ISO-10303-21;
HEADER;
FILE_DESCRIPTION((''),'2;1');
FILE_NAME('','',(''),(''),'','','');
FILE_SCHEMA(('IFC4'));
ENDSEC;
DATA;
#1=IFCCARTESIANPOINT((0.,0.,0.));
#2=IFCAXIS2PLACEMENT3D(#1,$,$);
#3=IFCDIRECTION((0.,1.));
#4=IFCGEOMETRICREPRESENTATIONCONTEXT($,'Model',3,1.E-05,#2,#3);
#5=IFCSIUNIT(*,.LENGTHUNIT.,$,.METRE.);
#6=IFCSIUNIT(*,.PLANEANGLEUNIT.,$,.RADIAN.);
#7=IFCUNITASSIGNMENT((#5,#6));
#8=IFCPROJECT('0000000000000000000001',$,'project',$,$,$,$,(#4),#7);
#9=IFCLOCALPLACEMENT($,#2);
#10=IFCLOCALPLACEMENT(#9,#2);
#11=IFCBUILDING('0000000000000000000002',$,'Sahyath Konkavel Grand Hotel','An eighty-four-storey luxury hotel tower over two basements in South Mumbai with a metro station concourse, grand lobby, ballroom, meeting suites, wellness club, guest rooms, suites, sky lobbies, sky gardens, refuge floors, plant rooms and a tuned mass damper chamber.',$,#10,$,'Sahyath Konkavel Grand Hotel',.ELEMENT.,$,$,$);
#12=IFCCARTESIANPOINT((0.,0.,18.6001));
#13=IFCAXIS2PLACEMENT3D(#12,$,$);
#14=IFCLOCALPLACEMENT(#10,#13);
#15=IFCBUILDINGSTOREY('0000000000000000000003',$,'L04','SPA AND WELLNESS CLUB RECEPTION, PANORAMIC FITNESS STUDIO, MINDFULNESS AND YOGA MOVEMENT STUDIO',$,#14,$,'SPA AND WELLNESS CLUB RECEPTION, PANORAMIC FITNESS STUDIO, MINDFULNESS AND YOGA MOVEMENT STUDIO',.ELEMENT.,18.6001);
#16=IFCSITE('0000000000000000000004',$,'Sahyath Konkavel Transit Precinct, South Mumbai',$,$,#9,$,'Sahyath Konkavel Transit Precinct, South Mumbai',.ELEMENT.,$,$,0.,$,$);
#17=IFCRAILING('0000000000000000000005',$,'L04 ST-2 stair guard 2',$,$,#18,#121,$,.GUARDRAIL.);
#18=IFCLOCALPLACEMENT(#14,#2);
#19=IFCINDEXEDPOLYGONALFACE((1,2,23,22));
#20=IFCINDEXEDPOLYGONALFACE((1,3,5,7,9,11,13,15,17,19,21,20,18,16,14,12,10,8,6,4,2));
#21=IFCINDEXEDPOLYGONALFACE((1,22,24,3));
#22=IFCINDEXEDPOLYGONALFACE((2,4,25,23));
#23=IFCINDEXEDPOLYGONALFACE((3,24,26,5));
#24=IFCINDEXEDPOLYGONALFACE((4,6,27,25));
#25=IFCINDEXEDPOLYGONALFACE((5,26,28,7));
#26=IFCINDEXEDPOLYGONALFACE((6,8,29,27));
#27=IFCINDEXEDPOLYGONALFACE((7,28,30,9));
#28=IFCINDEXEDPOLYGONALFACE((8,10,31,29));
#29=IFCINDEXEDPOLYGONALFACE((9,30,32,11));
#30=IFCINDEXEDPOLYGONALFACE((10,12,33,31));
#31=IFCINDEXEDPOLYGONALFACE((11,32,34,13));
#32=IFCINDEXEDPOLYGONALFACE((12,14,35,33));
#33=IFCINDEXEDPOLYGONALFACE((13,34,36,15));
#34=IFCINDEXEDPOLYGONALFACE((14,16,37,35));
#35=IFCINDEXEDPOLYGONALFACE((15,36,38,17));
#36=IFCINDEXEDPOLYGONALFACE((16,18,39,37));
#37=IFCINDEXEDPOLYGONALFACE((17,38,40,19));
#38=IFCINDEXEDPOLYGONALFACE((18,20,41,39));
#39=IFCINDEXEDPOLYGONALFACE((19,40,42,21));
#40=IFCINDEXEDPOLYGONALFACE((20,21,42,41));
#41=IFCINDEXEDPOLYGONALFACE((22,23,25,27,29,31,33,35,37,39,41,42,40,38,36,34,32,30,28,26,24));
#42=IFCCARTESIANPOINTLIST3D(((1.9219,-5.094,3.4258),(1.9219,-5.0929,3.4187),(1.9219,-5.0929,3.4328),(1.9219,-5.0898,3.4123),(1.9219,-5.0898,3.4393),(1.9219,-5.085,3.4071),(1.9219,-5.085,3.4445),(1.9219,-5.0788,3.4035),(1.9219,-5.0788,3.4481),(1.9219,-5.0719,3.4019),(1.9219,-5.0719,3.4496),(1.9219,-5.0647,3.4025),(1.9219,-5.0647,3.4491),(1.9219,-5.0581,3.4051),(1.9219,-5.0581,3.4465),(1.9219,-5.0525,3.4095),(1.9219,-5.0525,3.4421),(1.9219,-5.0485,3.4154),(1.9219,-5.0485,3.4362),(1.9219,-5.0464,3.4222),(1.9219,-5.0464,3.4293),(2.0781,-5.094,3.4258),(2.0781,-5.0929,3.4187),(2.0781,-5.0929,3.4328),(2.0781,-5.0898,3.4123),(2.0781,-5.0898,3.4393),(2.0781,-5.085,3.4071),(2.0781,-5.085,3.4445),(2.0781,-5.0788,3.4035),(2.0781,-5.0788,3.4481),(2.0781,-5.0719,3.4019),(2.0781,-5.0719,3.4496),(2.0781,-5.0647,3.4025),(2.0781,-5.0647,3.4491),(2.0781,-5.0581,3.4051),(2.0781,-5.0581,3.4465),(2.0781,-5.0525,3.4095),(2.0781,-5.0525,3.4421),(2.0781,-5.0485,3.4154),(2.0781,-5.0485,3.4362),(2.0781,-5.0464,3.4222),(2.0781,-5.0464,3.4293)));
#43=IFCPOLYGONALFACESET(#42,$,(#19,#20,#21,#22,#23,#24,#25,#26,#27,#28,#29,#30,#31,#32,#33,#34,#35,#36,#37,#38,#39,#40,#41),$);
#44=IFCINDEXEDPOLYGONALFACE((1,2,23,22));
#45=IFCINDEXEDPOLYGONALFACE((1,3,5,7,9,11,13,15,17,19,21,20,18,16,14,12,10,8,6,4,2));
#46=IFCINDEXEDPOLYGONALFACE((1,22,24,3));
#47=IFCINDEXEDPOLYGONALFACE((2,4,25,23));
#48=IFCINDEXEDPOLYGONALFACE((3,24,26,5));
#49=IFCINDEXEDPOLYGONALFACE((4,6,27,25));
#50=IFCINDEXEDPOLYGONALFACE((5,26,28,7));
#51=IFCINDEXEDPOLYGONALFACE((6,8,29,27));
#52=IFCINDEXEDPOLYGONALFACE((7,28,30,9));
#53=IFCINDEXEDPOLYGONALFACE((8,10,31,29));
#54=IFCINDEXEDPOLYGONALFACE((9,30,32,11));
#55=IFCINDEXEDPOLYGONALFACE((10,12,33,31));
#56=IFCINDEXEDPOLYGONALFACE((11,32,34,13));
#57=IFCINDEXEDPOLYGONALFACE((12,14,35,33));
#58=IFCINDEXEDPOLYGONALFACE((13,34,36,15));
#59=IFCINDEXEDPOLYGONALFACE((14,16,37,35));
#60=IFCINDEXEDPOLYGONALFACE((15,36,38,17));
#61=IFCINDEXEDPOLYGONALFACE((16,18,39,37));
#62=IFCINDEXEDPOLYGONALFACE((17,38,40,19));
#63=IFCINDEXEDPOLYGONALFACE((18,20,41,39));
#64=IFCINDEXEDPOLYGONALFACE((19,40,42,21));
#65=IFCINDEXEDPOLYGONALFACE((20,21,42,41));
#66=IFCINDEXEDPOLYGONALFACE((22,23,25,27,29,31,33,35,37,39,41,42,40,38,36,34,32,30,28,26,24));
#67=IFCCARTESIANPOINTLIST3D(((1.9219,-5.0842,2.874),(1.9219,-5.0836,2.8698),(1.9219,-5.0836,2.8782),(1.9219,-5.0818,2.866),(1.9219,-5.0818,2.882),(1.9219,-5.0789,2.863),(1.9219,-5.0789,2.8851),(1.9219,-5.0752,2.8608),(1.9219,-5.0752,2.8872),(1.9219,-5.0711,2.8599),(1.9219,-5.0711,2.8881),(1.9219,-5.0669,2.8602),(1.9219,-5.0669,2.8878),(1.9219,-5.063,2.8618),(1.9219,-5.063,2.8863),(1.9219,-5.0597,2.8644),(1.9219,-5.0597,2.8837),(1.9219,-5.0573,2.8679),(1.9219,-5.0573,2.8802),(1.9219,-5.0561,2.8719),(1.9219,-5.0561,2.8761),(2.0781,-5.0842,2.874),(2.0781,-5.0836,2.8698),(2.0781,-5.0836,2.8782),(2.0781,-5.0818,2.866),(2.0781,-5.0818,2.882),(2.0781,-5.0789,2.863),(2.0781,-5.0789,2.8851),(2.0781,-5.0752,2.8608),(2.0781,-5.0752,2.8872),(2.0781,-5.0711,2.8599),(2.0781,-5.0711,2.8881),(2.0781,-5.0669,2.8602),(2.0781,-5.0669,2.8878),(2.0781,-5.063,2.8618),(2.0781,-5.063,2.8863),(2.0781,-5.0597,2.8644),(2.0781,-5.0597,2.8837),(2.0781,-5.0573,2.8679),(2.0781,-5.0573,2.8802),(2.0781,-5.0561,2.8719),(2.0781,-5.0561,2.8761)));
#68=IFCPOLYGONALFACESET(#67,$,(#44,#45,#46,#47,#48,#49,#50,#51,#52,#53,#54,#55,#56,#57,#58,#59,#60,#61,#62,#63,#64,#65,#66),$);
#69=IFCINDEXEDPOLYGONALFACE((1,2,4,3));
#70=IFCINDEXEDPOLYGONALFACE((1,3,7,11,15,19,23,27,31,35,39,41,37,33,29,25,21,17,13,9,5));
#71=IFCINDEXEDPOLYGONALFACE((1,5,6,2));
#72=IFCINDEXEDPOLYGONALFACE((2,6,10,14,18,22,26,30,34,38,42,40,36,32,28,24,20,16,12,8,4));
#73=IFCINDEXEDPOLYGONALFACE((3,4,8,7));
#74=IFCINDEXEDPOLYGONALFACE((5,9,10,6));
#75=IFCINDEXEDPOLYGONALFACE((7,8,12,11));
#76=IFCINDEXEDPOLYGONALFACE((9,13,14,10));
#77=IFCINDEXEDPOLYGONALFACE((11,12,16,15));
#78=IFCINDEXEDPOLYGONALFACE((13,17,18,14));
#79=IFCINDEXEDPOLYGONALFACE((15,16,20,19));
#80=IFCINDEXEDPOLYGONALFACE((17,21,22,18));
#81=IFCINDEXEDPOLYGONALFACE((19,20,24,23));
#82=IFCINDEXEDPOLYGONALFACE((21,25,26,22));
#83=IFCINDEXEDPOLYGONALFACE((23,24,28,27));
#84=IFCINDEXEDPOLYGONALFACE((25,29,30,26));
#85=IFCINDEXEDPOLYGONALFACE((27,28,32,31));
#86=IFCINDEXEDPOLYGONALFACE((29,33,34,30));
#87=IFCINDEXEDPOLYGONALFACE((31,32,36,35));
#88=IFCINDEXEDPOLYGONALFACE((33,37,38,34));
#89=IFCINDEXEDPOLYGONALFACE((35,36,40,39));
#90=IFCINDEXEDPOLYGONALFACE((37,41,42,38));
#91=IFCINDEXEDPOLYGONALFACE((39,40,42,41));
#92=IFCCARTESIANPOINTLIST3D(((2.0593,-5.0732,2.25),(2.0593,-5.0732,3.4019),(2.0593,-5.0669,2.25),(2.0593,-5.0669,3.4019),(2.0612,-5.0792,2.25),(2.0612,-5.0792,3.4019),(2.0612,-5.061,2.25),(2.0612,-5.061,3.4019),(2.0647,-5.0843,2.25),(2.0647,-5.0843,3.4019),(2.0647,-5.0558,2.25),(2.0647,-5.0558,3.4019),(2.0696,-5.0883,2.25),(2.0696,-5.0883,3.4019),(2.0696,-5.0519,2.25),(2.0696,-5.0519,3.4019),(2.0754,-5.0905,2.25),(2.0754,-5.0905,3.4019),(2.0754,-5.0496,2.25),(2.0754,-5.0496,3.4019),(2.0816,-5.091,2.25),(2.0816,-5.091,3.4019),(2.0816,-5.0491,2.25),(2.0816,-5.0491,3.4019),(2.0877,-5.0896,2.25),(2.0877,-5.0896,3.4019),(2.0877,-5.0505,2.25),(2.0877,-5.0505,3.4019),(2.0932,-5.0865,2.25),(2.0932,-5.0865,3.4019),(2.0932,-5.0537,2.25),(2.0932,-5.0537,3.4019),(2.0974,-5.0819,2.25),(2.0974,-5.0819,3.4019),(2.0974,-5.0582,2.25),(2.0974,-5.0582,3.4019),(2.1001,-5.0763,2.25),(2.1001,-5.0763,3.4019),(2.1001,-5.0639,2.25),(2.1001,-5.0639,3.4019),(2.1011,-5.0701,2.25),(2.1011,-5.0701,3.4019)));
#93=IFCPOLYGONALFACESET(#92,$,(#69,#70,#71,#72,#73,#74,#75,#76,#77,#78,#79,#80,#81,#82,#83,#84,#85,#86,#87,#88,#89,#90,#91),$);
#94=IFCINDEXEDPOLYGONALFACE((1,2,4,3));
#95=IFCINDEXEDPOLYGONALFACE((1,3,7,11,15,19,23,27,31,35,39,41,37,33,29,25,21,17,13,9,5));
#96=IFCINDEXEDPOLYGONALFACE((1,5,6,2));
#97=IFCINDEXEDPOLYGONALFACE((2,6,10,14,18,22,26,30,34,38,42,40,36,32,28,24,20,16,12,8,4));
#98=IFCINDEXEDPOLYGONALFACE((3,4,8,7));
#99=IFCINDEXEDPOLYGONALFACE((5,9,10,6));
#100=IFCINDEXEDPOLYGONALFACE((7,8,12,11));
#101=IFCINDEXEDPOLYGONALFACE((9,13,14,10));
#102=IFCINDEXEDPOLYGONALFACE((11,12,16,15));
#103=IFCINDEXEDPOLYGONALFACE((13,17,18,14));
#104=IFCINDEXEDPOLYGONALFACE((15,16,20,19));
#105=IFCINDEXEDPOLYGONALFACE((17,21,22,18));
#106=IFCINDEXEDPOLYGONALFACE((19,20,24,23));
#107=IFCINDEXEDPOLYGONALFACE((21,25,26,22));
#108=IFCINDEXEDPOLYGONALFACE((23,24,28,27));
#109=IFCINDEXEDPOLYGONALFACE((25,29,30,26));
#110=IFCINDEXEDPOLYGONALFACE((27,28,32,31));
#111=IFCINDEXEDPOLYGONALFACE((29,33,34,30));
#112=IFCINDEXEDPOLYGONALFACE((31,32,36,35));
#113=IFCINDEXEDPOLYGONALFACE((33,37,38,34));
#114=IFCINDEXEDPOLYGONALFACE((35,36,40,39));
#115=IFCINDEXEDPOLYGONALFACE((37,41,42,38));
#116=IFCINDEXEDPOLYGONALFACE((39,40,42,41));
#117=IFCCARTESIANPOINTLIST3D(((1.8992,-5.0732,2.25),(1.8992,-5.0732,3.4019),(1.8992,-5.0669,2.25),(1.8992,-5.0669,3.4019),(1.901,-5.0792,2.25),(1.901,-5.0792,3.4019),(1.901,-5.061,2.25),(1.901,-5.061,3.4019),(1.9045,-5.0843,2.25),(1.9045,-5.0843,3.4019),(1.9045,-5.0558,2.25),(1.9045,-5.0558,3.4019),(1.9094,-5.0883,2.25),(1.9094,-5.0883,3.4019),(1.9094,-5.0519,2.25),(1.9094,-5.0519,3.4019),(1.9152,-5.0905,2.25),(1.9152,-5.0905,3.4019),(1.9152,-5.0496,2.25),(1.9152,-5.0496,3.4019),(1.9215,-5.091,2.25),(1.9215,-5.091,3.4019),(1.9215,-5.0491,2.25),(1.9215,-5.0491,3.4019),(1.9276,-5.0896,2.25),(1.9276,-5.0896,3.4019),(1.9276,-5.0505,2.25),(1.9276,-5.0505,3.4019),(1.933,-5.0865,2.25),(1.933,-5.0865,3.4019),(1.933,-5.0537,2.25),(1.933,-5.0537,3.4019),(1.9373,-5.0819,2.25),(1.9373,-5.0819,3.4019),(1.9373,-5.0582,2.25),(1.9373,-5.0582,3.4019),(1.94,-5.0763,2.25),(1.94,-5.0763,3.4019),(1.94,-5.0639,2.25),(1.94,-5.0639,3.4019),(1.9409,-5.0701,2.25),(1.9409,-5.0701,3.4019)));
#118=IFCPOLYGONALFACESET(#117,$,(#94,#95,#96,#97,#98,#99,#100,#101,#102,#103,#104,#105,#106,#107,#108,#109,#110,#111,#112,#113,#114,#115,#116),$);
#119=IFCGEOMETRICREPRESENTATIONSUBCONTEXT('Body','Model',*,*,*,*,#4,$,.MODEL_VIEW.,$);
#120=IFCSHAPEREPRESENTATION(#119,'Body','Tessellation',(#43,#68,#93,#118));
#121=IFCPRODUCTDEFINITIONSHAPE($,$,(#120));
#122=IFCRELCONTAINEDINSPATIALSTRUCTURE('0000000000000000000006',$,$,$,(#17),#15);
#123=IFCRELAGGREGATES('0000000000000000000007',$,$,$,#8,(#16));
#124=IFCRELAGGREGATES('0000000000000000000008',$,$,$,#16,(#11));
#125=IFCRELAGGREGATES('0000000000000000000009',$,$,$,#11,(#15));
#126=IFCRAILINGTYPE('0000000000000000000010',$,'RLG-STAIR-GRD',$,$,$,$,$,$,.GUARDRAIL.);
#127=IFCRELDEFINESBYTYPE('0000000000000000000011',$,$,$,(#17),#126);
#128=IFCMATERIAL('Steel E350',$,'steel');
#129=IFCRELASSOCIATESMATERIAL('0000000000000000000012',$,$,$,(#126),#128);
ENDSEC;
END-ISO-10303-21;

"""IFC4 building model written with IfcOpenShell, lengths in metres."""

from ifc_helpers import new_model, si_unit, direction, frame, origin, origin_2d, place, context, subcontext, project, spatial, circle, extrude, material, type_object, element, save


model = new_model("IFC4")

# Units and contexts
model_context = context("Model", 3, precision=1e-05, world=origin(), true_north=direction((0.0, 1.0)))
body_context = subcontext(model_context, "Body", "Model", "MODEL_VIEW")
ifc_project = project(units=[si_unit("LENGTHUNIT", "METRE"), si_unit("PLANEANGLEUNIT", "RADIAN")], contexts=[model_context])

# Site, building, storey
site_placement = place(None, origin())
site = spatial("IfcSite", under=ifc_project, at=site_placement, Name="Sahyath Konkavel Transit Precinct, South Mumbai", LongName="Sahyath Konkavel Transit Precinct, South Mumbai", CompositionType="ELEMENT", RefElevation=0.0)
building_placement = place(site_placement, origin())
building = spatial("IfcBuilding", under=site, at=building_placement, Name="Sahyath Konkavel Grand Hotel", Description="An eighty-four-storey luxury hotel tower over two basements in South Mumbai with a metro station concourse, grand lobby, ballroom, meeting suites, wellness club, guest rooms, suites, sky lobbies, sky gardens, refuge floors, plant rooms and a tuned mass damper chamber.", LongName="Sahyath Konkavel Grand Hotel", CompositionType="ELEMENT")
storey_placement = place(building_placement, frame((0.0, 0.0, 18.6001)))
storey = spatial("IfcBuildingStorey", under=building, at=storey_placement, Name="L04", Description="SPA AND WELLNESS CLUB RECEPTION, PANORAMIC FITNESS STUDIO, MINDFULNESS AND YOGA MOVEMENT STUDIO", LongName="SPA AND WELLNESS CLUB RECEPTION, PANORAMIC FITNESS STUDIO, MINDFULNESS AND YOGA MOVEMENT STUDIO", CompositionType="ELEMENT", Elevation=18.6001)

# Shared definitions
ifc_material_1 = material(Name="Steel E350", Category="steel")

# Railing
railing_type_1 = type_object("IfcRailingType", Name="RLG-STAIR-GRD", PredefinedType="GUARDRAIL", material=ifc_material_1)
railing_1_placement = place(storey_placement, frame((2.0801, -5.0701, 2.25)))
element("IfcRailing", 1, at=railing_1_placement, inside=storey, type_object=railing_type_1, Name="L04 ST-2 stair guard 2", PredefinedType="GUARDRAIL", context=body_context, shape_type="SweptSolid", body=[
    extrude(circle(Radius=0.0239, at=origin_2d()), frame((-0.002, 0.0, 1.1758), z_axis=(-1.0, 0.0, 0.0), x_axis=(0.0, -1.0, 0.0)), (0.0, 0.0, 1.0), 0.1562),
    extrude(circle(Radius=0.0142, at=origin_2d()), frame((-0.002, 0.0, 0.624), z_axis=(-1.0, 0.0, 0.0), x_axis=(0.0, -1.0, 0.0)), (0.0, 0.0, 1.0), 0.1562),
    extrude(circle(Radius=0.021, at=origin_2d()), origin(), (0.0, 0.0, 1.0), 1.1519),
    extrude(circle(Radius=0.021, at=origin_2d()), frame((-0.1602, 0.0, 0.0)), (0.0, 0.0, 1.0), 1.1519),
])

save(model, "model.ifc")
